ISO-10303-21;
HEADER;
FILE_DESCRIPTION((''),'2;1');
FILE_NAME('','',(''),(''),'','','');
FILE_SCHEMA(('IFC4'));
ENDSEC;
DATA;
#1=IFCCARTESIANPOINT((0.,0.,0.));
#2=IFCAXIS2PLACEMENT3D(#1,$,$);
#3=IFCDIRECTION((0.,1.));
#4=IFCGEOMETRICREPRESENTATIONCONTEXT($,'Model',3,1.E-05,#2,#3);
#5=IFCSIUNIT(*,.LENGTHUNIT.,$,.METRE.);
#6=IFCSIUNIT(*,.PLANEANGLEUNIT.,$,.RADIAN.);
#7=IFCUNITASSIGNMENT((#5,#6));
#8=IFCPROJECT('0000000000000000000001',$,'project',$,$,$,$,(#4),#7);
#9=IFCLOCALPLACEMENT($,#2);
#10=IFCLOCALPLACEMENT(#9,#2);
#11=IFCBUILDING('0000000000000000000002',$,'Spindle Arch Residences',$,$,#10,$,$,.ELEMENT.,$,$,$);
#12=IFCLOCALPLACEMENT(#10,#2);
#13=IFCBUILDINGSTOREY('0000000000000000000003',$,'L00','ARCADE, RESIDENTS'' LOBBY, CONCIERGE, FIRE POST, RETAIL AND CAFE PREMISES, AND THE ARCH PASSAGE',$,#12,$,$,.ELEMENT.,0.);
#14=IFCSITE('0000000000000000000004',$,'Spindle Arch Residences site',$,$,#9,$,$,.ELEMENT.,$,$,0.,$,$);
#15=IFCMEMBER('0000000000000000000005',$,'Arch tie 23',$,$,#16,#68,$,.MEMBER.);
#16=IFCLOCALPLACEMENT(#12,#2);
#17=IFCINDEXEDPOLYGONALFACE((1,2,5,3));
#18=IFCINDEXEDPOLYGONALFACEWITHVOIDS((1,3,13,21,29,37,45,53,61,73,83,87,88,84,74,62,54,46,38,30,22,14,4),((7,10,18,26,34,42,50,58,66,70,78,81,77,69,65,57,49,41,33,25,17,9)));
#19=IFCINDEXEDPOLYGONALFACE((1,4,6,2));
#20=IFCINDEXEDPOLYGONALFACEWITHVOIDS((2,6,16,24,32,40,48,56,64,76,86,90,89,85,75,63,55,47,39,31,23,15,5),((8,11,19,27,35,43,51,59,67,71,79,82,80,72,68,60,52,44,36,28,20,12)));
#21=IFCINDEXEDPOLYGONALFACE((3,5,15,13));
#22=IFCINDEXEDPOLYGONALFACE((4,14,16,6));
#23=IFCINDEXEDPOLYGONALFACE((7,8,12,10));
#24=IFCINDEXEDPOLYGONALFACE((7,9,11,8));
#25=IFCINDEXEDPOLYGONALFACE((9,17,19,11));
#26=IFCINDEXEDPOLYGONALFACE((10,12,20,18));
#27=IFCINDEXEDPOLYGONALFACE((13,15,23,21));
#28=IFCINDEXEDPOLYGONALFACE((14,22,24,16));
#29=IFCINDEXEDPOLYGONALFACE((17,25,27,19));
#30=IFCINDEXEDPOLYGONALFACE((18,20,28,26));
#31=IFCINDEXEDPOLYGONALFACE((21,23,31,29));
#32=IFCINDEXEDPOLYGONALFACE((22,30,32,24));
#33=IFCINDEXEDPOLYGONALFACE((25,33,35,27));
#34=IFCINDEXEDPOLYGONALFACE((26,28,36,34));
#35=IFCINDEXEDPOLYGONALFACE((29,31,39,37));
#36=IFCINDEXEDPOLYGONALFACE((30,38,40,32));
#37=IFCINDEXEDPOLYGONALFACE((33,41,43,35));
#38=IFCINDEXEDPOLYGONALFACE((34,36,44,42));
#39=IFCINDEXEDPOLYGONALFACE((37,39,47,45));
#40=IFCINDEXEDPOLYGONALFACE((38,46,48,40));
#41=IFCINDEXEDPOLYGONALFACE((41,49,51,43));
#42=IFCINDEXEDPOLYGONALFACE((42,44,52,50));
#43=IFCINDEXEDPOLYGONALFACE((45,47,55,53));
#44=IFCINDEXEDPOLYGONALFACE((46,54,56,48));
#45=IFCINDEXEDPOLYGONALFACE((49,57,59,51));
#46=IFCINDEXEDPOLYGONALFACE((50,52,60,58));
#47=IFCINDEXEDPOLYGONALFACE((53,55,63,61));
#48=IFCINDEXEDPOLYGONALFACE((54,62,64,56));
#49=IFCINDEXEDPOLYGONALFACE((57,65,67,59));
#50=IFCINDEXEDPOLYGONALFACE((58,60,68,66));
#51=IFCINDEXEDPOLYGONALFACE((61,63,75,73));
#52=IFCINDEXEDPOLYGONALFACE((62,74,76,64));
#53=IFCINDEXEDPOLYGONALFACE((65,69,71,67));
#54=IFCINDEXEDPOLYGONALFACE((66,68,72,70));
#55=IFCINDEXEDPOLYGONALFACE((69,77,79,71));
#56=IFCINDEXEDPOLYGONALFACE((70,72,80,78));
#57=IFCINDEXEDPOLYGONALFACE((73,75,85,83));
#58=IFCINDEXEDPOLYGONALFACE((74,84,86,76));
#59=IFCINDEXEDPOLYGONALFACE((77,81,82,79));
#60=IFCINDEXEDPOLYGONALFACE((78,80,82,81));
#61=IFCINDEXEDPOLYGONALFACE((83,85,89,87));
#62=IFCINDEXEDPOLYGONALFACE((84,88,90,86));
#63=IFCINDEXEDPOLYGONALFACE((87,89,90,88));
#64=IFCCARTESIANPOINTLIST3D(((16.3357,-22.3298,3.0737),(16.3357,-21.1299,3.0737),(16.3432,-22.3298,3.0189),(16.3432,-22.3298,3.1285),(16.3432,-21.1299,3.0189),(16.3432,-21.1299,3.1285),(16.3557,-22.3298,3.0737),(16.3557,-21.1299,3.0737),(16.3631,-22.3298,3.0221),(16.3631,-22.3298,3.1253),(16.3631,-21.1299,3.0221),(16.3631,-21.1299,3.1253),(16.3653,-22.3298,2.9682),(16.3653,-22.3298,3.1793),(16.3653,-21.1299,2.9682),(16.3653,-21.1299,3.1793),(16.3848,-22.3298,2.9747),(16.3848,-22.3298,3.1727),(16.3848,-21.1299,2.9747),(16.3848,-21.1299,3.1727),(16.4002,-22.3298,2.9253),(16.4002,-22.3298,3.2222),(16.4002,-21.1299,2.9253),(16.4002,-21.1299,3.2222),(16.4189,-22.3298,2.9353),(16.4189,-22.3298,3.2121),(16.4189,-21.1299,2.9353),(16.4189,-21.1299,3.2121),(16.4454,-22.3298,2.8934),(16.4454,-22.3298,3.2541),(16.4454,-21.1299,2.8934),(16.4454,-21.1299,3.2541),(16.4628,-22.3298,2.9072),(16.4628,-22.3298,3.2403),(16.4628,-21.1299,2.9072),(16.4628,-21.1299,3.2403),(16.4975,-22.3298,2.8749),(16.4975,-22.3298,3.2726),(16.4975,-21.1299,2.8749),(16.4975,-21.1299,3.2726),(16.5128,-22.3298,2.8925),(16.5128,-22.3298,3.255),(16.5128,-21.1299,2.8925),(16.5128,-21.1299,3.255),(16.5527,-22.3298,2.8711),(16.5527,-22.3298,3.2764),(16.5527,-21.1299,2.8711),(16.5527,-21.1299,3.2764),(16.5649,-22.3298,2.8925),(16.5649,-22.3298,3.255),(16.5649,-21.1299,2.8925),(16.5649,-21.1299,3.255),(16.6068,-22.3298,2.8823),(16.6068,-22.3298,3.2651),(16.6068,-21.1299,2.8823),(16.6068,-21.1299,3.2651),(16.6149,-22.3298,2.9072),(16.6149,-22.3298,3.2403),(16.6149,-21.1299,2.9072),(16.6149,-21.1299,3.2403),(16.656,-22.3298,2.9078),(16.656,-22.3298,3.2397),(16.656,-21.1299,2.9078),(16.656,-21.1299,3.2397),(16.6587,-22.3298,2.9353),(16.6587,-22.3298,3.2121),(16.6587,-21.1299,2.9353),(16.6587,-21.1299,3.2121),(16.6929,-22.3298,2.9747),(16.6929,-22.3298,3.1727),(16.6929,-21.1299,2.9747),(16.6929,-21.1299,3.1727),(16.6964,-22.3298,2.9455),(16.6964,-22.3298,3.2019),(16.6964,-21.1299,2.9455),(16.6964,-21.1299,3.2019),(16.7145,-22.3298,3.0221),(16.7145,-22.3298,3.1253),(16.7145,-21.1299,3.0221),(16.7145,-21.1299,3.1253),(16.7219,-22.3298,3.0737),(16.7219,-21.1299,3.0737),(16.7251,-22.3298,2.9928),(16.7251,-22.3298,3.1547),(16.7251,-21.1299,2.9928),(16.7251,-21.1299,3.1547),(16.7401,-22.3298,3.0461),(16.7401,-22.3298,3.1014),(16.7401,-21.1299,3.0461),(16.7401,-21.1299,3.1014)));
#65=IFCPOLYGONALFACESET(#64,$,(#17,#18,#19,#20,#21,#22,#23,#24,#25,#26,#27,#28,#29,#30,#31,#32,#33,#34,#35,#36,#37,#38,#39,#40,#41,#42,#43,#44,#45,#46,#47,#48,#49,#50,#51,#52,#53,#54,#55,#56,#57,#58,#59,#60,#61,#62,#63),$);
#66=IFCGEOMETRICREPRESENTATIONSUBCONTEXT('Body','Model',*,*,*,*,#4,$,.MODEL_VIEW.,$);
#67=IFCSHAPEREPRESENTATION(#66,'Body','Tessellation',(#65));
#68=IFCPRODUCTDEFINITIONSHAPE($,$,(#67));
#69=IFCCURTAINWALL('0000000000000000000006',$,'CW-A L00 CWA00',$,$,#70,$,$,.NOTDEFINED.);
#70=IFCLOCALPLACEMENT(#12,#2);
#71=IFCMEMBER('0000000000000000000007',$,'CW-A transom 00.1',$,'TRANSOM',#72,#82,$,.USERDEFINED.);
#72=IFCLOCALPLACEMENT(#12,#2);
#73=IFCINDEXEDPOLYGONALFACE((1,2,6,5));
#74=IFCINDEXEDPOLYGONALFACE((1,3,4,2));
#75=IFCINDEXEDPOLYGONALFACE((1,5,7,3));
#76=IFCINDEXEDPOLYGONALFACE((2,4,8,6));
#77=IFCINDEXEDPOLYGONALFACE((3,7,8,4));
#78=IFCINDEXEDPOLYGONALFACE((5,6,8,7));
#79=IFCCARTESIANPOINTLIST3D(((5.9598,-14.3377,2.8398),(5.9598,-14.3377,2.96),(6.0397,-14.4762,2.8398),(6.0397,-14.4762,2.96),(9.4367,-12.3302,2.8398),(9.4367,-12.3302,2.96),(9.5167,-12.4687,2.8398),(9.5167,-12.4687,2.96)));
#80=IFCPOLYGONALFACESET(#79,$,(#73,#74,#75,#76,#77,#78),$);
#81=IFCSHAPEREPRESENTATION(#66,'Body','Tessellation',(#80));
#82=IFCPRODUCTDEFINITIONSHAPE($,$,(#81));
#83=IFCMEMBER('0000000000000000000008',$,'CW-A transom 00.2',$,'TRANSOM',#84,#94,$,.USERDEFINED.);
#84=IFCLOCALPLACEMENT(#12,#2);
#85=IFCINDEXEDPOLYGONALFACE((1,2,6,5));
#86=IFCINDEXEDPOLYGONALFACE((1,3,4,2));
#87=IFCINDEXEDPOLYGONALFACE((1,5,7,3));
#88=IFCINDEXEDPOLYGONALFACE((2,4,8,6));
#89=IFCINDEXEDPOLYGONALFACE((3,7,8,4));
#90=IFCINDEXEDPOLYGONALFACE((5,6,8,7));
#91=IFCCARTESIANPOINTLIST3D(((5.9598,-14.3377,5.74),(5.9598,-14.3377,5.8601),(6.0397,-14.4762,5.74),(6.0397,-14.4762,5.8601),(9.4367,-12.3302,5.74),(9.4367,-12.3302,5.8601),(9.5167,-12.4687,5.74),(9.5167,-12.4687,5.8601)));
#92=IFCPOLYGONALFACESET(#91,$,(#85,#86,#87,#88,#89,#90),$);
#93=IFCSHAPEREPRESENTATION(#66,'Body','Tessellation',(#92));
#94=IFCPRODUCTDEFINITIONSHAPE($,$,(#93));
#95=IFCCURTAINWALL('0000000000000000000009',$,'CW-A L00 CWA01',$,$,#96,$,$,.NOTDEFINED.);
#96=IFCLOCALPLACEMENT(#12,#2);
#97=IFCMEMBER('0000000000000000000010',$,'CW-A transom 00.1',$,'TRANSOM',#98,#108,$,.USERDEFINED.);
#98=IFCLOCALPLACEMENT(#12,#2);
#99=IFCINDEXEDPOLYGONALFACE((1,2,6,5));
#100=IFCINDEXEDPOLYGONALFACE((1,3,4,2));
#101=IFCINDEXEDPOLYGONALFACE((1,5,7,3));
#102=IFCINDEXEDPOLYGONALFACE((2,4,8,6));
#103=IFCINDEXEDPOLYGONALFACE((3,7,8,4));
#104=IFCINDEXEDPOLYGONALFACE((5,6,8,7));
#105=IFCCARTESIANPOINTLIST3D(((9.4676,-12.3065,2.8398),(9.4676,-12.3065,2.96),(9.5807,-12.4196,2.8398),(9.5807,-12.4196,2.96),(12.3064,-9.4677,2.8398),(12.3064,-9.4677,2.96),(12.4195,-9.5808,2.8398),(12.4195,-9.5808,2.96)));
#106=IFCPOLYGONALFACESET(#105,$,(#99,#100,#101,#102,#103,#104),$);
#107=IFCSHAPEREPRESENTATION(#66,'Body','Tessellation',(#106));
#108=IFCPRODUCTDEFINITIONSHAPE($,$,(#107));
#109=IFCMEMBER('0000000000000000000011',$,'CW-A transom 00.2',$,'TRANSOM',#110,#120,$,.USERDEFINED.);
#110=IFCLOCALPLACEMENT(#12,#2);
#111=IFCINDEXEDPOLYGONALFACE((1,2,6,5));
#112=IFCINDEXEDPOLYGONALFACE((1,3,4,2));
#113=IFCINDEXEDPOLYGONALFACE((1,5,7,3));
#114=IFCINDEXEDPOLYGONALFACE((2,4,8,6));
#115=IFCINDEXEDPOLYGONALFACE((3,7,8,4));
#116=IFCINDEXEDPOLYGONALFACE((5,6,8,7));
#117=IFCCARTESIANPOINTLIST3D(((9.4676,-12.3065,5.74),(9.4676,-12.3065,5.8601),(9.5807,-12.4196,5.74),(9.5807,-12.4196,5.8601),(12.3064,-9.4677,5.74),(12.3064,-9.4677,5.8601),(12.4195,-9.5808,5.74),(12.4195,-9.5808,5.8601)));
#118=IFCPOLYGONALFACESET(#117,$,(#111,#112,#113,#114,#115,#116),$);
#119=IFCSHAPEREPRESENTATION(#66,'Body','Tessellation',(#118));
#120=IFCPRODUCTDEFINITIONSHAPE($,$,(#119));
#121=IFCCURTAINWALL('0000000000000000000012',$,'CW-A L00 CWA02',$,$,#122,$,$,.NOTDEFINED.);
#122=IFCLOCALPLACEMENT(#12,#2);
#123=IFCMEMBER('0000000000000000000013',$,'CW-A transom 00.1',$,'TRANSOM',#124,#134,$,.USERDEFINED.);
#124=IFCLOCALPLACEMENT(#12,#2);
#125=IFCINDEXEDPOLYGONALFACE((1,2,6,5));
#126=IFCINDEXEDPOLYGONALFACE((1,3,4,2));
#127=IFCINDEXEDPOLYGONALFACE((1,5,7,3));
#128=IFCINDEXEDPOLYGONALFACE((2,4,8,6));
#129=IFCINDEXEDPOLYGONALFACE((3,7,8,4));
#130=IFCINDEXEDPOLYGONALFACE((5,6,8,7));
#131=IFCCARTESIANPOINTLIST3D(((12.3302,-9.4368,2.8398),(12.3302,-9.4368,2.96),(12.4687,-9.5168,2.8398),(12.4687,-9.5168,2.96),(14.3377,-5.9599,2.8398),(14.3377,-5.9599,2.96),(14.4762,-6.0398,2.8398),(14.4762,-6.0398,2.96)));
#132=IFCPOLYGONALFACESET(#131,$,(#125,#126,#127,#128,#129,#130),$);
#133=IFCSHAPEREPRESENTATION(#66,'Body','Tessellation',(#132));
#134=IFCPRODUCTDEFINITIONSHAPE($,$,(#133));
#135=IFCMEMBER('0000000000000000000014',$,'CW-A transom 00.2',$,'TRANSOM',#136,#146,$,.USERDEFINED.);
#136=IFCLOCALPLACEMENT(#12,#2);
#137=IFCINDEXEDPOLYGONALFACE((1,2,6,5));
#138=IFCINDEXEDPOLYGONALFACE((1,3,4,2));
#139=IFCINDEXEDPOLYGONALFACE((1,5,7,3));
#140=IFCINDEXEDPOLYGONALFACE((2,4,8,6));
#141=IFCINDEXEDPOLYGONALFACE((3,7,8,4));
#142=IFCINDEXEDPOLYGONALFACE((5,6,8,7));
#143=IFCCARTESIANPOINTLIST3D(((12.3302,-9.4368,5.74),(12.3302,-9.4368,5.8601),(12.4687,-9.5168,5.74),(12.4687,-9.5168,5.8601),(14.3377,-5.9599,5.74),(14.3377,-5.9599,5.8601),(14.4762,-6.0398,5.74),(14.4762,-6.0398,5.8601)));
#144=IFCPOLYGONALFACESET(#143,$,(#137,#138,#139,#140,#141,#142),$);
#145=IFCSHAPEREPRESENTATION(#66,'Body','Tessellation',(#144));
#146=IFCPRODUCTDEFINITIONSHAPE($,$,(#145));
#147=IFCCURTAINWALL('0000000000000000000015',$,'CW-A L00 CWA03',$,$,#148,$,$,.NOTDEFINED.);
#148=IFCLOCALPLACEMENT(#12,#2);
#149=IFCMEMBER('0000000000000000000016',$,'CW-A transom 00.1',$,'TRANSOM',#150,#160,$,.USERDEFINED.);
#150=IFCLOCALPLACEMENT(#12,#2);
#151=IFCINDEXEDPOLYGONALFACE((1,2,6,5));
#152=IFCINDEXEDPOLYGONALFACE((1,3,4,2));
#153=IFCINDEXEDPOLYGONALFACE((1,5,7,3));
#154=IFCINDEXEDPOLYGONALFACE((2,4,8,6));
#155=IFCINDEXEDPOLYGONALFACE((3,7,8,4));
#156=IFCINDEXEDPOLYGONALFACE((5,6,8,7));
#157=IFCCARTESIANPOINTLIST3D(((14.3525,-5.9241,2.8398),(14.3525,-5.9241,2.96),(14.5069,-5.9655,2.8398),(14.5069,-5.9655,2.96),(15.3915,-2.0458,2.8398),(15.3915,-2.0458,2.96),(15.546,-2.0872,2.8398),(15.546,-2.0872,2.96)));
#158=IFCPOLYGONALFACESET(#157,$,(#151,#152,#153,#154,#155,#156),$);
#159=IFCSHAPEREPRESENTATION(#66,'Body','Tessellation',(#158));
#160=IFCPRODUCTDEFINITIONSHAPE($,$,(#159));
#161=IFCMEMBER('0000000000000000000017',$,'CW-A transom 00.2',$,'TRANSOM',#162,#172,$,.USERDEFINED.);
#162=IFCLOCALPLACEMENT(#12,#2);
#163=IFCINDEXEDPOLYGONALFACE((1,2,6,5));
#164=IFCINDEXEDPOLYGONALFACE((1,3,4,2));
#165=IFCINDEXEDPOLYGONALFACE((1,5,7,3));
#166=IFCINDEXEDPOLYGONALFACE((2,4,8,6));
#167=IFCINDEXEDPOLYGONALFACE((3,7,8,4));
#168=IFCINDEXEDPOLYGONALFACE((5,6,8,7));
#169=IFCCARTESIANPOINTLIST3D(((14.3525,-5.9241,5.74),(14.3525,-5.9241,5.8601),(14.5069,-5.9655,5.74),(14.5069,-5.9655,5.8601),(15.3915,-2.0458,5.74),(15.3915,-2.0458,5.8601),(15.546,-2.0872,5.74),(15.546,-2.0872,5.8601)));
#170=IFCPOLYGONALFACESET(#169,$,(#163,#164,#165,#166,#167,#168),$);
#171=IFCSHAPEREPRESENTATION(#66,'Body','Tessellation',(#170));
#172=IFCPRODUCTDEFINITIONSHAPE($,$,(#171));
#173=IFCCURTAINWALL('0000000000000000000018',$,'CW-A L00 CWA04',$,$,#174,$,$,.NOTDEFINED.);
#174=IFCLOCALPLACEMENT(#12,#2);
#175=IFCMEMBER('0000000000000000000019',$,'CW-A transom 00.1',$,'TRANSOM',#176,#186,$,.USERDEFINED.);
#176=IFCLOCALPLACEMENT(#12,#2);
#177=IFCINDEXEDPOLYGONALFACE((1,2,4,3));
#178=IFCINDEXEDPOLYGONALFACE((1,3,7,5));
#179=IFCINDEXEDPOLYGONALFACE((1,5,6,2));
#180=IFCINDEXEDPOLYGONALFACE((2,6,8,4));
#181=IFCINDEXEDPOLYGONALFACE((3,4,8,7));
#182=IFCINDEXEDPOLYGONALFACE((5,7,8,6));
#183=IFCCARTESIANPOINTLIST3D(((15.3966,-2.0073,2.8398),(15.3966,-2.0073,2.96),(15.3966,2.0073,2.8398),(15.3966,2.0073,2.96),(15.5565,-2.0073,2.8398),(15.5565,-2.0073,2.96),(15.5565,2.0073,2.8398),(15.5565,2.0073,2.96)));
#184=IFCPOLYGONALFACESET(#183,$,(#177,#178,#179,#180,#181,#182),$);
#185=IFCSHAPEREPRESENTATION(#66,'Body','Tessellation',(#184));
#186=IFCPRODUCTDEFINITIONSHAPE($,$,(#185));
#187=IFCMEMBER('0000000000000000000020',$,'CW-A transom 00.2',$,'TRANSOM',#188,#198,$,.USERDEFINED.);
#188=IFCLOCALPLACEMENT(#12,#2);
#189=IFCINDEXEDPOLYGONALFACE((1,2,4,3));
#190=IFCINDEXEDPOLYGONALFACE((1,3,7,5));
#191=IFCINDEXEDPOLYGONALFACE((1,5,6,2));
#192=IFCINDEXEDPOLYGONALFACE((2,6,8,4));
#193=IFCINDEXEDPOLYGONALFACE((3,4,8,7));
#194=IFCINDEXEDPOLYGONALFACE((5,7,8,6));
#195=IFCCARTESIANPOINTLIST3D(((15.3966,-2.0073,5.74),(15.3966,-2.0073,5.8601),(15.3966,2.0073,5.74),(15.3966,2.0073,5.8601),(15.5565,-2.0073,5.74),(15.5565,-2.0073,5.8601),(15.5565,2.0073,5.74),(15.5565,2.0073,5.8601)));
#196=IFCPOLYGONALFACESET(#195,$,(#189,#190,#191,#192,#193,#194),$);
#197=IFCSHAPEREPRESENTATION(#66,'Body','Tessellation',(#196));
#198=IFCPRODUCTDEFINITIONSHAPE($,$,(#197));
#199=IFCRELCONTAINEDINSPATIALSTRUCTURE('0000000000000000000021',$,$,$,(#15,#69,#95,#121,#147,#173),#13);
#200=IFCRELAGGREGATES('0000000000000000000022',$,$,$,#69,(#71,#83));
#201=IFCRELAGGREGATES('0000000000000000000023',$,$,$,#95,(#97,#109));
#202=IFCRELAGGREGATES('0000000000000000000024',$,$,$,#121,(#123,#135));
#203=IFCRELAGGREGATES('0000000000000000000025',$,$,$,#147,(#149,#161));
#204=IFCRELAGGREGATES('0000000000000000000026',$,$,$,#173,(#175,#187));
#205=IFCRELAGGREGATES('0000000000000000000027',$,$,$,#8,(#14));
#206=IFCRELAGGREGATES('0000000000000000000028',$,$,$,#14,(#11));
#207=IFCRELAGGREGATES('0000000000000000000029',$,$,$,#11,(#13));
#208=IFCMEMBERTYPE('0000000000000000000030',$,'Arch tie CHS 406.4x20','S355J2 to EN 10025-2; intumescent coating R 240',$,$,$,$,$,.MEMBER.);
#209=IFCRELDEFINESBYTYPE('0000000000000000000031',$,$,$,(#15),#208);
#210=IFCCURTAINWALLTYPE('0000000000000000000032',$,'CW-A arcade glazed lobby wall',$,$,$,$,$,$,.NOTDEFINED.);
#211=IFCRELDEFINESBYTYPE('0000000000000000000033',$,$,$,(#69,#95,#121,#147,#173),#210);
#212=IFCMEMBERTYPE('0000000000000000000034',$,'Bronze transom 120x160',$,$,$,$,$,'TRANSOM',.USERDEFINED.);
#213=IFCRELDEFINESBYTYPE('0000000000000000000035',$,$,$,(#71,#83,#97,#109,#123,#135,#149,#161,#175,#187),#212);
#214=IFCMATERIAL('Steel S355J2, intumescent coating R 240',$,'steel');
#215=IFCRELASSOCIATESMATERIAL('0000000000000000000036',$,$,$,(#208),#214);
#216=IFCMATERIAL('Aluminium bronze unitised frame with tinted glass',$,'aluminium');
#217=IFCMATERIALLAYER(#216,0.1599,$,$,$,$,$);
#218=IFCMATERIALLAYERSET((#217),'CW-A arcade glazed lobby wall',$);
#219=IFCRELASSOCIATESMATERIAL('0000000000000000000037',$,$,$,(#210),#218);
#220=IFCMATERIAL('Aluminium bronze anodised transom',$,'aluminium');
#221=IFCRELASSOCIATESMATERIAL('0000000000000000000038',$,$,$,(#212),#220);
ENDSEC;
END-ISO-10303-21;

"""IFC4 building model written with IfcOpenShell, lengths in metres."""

from ifc_helpers import new_model, si_unit, direction, frame, origin, origin_2d, place, context, subcontext, project, spatial, rectangle, hollow_circle, extrude, material, layer, layer_set, material_profile, profile_set, type_object, element, aggregate, save


model = new_model("IFC4")

# Units and contexts
model_context = context("Model", 3, precision=1e-05, world=origin(), true_north=direction((0.0, 1.0)))
body_context = subcontext(model_context, "Body", "Model", "MODEL_VIEW")
ifc_project = project(units=[si_unit("LENGTHUNIT", "METRE"), si_unit("PLANEANGLEUNIT", "RADIAN")], contexts=[model_context])

# Site, building, storey
site_placement = place(None, origin())
site = spatial("IfcSite", under=ifc_project, at=site_placement, Name="Spindle Arch Residences site", CompositionType="ELEMENT", RefElevation=0.0)
building_placement = place(site_placement, origin())
building = spatial("IfcBuilding", under=site, at=building_placement, Name="Spindle Arch Residences", CompositionType="ELEMENT")
storey_placement = place(building_placement, origin())
storey = spatial("IfcBuildingStorey", under=building, at=storey_placement, Name="L00", Description="ARCADE, RESIDENTS' LOBBY, CONCIERGE, FIRE POST, RETAIL AND CAFE PREMISES, AND THE ARCH PASSAGE", CompositionType="ELEMENT", Elevation=0.0)

# Member
ifc_material_1 = material(Name="Steel S355J2, intumescent coating R 240", Category="steel")
ifc_material_profile_1 = material_profile(ifc_material_1, hollow_circle(Radius=0.2031, WallThickness=0.02, at=origin_2d()), Name="CHS 406.4x20")
ifc_profile_set_1 = profile_set([ifc_material_profile_1], Name="Steel S355J2, intumescent coating R 240")
member_type_1 = type_object("IfcMemberType", Name="Arch tie CHS 406.4x20", Description="S355J2 to EN 10025-2; intumescent coating R 240", PredefinedType="MEMBER", material=ifc_profile_set_1)
member_1_placement = place(storey_placement, frame((16.5388, -22.3298, 3.0737), z_axis=(0.0, 1.0, 0.0), x_axis=(-1.0, 0.0, 0.0)))
element("IfcMember", 1, at=member_1_placement, inside=storey, type_object=member_type_1, Name="Arch tie 23", PredefinedType="MEMBER", context=body_context, shape_type="SweptSolid", body=[
    extrude(hollow_circle(Radius=0.2031, WallThickness=0.02, at=origin_2d()), origin(), (0.0, 0.0, 1.0), 1.2),
])

# Curtain walls, members
ifc_material_2 = material(Name="Aluminium bronze unitised frame with tinted glass", Category="aluminium")
ifc_layer_1 = layer(ifc_material_2, 0.1599)
ifc_layer_set_1 = layer_set([ifc_layer_1], Name="CW-A arcade glazed lobby wall")
curtain_wall_type = type_object("IfcCurtainWallType", Name="CW-A arcade glazed lobby wall", PredefinedType="NOTDEFINED", material=ifc_layer_set_1)
curtain_wall_1_placement = place(storey_placement, origin())
curtain_wall_1 = element("IfcCurtainWall", 2, at=curtain_wall_1_placement, inside=storey, type_object=curtain_wall_type, Name="CW-A L00 CWA00", PredefinedType="NOTDEFINED")
ifc_material_3 = material(Name="Aluminium bronze anodised transom", Category="aluminium")
ifc_material_profile_2 = material_profile(ifc_material_3, rectangle(XDim=0.1599, YDim=0.1201, at=origin_2d()), Name="TR 120x160")
ifc_profile_set_2 = profile_set([ifc_material_profile_2], Name="Aluminium bronze anodised transom")
member_type_2 = type_object("IfcMemberType", Name="Bronze transom 120x160", ElementType="TRANSOM", PredefinedType="USERDEFINED", material=ifc_profile_set_2)
member_2_placement = place(storey_placement, frame((5.9998, -14.407, 2.8999), z_axis=(0.866015, 0.500017, 0.0), x_axis=(-0.500017, 0.866015, 0.0)))
member_2 = element("IfcMember", 3, at=member_2_placement, type_object=member_type_2, Name="CW-A transom 00.1", ObjectType="TRANSOM", PredefinedType="USERDEFINED", context=body_context, shape_type="SweptSolid", body=[
    extrude(rectangle(XDim=0.1599, YDim=0.1201, at=origin_2d()), origin(), (0.0, 0.0, 1.0), 4.0149),
])
member_3_placement = place(storey_placement, frame((5.9998, -14.407, 5.8), z_axis=(0.866015, 0.500017, 0.0), x_axis=(-0.500017, 0.866015, 0.0)))
member_3 = element("IfcMember", 4, at=member_3_placement, type_object=member_type_2, Name="CW-A transom 00.2", ObjectType="TRANSOM", PredefinedType="USERDEFINED", context=body_context, shape_type="SweptSolid", body=[
    extrude(rectangle(XDim=0.1599, YDim=0.1201, at=origin_2d()), origin(), (0.0, 0.0, 1.0), 4.0149),
])
curtain_wall_2_placement = place(storey_placement, origin())
curtain_wall_2 = element("IfcCurtainWall", 5, at=curtain_wall_2_placement, inside=storey, type_object=curtain_wall_type, Name="CW-A L00 CWA01", PredefinedType="NOTDEFINED")
member_4_placement = place(storey_placement, frame((9.5242, -12.363, 2.8999), z_axis=(0.707107, 0.707107, 0.0), x_axis=(-0.707107, 0.707107, 0.0)))
member_4 = element("IfcMember", 6, at=member_4_placement, type_object=member_type_2, Name="CW-A transom 00.1", ObjectType="TRANSOM", PredefinedType="USERDEFINED", context=body_context, shape_type="SweptSolid", body=[
    extrude(rectangle(XDim=0.1599, YDim=0.1201, at=origin_2d()), origin(), (0.0, 0.0, 1.0), 4.0146),
])
member_5_placement = place(storey_placement, frame((9.5242, -12.363, 5.8), z_axis=(0.707107, 0.707107, 0.0), x_axis=(-0.707107, 0.707107, 0.0)))
member_5 = element("IfcMember", 7, at=member_5_placement, type_object=member_type_2, Name="CW-A transom 00.2", ObjectType="TRANSOM", PredefinedType="USERDEFINED", context=body_context, shape_type="SweptSolid", body=[
    extrude(rectangle(XDim=0.1599, YDim=0.1201, at=origin_2d()), origin(), (0.0, 0.0, 1.0), 4.0146),
])
curtain_wall_3_placement = place(storey_placement, origin())
curtain_wall_3 = element("IfcCurtainWall", 8, at=curtain_wall_3_placement, inside=storey, type_object=curtain_wall_type, Name="CW-A L00 CWA02", PredefinedType="NOTDEFINED")
member_6_placement = place(storey_placement, frame((12.3994, -9.4768, 2.8999), z_axis=(0.500017, 0.866015, 0.0), x_axis=(-0.866015, 0.500017, 0.0)))
member_6 = element("IfcMember", 9, at=member_6_placement, type_object=member_type_2, Name="CW-A transom 00.1", ObjectType="TRANSOM", PredefinedType="USERDEFINED", context=body_context, shape_type="SweptSolid", body=[
    extrude(rectangle(XDim=0.1599, YDim=0.1201, at=origin_2d()), origin(), (0.0, 0.0, 1.0), 4.0149),
])
member_7_placement = place(storey_placement, frame((12.3994, -9.4768, 5.8), z_axis=(0.500017, 0.866015, 0.0), x_axis=(-0.866015, 0.500017, 0.0)))
member_7 = element("IfcMember", 10, at=member_7_placement, type_object=member_type_2, Name="CW-A transom 00.2", ObjectType="TRANSOM", PredefinedType="USERDEFINED", context=body_context, shape_type="SweptSolid", body=[
    extrude(rectangle(XDim=0.1599, YDim=0.1201, at=origin_2d()), origin(), (0.0, 0.0, 1.0), 4.0149),
])
curtain_wall_4_placement = place(storey_placement, origin())
curtain_wall_4 = element("IfcCurtainWall", 11, at=curtain_wall_4_placement, inside=storey, type_object=curtain_wall_type, Name="CW-A L00 CWA03", PredefinedType="NOTDEFINED")
member_8_placement = place(storey_placement, frame((14.4297, -5.9448, 2.8999), z_axis=(0.258783, 0.965936, 0.0), x_axis=(-0.965936, 0.258783, 0.0)))
member_8 = element("IfcMember", 12, at=member_8_placement, type_object=member_type_2, Name="CW-A transom 00.1", ObjectType="TRANSOM", PredefinedType="USERDEFINED", context=body_context, shape_type="SweptSolid", body=[
    extrude(rectangle(XDim=0.1599, YDim=0.1201, at=origin_2d()), origin(), (0.0, 0.0, 1.0), 4.0151),
])
member_9_placement = place(storey_placement, frame((14.4297, -5.9448, 5.8), z_axis=(0.258783, 0.965936, 0.0), x_axis=(-0.965936, 0.258783, 0.0)))
member_9 = element("IfcMember", 13, at=member_9_placement, type_object=member_type_2, Name="CW-A transom 00.2", ObjectType="TRANSOM", PredefinedType="USERDEFINED", context=body_context, shape_type="SweptSolid", body=[
    extrude(rectangle(XDim=0.1599, YDim=0.1201, at=origin_2d()), origin(), (0.0, 0.0, 1.0), 4.0151),
])
curtain_wall_5_placement = place(storey_placement, origin())
curtain_wall_5 = element("IfcCurtainWall", 14, at=curtain_wall_5_placement, inside=storey, type_object=curtain_wall_type, Name="CW-A L00 CWA04", PredefinedType="NOTDEFINED")
member_10_placement = place(storey_placement, frame((15.4766, -2.0073, 2.8999), z_axis=(0.0, 1.0, 0.0), x_axis=(-1.0, 0.0, 0.0)))
member_10 = element("IfcMember", 15, at=member_10_placement, type_object=member_type_2, Name="CW-A transom 00.1", ObjectType="TRANSOM", PredefinedType="USERDEFINED", context=body_context, shape_type="SweptSolid", body=[
    extrude(rectangle(XDim=0.1599, YDim=0.1201, at=origin_2d()), origin(), (0.0, 0.0, 1.0), 4.0146),
])
member_11_placement = place(storey_placement, frame((15.4766, -2.0073, 5.8), z_axis=(0.0, 1.0, 0.0), x_axis=(-1.0, 0.0, 0.0)))
member_11 = element("IfcMember", 16, at=member_11_placement, type_object=member_type_2, Name="CW-A transom 00.2", ObjectType="TRANSOM", PredefinedType="USERDEFINED", context=body_context, shape_type="SweptSolid", body=[
    extrude(rectangle(XDim=0.1599, YDim=0.1201, at=origin_2d()), origin(), (0.0, 0.0, 1.0), 4.0146),
])

aggregate(curtain_wall_1, [member_2, member_3])
aggregate(curtain_wall_2, [member_4, member_5])
aggregate(curtain_wall_3, [member_6, member_7])
aggregate(curtain_wall_4, [member_8, member_9])
aggregate(curtain_wall_5, [member_10, member_11])

save(model, "model.ifc")
